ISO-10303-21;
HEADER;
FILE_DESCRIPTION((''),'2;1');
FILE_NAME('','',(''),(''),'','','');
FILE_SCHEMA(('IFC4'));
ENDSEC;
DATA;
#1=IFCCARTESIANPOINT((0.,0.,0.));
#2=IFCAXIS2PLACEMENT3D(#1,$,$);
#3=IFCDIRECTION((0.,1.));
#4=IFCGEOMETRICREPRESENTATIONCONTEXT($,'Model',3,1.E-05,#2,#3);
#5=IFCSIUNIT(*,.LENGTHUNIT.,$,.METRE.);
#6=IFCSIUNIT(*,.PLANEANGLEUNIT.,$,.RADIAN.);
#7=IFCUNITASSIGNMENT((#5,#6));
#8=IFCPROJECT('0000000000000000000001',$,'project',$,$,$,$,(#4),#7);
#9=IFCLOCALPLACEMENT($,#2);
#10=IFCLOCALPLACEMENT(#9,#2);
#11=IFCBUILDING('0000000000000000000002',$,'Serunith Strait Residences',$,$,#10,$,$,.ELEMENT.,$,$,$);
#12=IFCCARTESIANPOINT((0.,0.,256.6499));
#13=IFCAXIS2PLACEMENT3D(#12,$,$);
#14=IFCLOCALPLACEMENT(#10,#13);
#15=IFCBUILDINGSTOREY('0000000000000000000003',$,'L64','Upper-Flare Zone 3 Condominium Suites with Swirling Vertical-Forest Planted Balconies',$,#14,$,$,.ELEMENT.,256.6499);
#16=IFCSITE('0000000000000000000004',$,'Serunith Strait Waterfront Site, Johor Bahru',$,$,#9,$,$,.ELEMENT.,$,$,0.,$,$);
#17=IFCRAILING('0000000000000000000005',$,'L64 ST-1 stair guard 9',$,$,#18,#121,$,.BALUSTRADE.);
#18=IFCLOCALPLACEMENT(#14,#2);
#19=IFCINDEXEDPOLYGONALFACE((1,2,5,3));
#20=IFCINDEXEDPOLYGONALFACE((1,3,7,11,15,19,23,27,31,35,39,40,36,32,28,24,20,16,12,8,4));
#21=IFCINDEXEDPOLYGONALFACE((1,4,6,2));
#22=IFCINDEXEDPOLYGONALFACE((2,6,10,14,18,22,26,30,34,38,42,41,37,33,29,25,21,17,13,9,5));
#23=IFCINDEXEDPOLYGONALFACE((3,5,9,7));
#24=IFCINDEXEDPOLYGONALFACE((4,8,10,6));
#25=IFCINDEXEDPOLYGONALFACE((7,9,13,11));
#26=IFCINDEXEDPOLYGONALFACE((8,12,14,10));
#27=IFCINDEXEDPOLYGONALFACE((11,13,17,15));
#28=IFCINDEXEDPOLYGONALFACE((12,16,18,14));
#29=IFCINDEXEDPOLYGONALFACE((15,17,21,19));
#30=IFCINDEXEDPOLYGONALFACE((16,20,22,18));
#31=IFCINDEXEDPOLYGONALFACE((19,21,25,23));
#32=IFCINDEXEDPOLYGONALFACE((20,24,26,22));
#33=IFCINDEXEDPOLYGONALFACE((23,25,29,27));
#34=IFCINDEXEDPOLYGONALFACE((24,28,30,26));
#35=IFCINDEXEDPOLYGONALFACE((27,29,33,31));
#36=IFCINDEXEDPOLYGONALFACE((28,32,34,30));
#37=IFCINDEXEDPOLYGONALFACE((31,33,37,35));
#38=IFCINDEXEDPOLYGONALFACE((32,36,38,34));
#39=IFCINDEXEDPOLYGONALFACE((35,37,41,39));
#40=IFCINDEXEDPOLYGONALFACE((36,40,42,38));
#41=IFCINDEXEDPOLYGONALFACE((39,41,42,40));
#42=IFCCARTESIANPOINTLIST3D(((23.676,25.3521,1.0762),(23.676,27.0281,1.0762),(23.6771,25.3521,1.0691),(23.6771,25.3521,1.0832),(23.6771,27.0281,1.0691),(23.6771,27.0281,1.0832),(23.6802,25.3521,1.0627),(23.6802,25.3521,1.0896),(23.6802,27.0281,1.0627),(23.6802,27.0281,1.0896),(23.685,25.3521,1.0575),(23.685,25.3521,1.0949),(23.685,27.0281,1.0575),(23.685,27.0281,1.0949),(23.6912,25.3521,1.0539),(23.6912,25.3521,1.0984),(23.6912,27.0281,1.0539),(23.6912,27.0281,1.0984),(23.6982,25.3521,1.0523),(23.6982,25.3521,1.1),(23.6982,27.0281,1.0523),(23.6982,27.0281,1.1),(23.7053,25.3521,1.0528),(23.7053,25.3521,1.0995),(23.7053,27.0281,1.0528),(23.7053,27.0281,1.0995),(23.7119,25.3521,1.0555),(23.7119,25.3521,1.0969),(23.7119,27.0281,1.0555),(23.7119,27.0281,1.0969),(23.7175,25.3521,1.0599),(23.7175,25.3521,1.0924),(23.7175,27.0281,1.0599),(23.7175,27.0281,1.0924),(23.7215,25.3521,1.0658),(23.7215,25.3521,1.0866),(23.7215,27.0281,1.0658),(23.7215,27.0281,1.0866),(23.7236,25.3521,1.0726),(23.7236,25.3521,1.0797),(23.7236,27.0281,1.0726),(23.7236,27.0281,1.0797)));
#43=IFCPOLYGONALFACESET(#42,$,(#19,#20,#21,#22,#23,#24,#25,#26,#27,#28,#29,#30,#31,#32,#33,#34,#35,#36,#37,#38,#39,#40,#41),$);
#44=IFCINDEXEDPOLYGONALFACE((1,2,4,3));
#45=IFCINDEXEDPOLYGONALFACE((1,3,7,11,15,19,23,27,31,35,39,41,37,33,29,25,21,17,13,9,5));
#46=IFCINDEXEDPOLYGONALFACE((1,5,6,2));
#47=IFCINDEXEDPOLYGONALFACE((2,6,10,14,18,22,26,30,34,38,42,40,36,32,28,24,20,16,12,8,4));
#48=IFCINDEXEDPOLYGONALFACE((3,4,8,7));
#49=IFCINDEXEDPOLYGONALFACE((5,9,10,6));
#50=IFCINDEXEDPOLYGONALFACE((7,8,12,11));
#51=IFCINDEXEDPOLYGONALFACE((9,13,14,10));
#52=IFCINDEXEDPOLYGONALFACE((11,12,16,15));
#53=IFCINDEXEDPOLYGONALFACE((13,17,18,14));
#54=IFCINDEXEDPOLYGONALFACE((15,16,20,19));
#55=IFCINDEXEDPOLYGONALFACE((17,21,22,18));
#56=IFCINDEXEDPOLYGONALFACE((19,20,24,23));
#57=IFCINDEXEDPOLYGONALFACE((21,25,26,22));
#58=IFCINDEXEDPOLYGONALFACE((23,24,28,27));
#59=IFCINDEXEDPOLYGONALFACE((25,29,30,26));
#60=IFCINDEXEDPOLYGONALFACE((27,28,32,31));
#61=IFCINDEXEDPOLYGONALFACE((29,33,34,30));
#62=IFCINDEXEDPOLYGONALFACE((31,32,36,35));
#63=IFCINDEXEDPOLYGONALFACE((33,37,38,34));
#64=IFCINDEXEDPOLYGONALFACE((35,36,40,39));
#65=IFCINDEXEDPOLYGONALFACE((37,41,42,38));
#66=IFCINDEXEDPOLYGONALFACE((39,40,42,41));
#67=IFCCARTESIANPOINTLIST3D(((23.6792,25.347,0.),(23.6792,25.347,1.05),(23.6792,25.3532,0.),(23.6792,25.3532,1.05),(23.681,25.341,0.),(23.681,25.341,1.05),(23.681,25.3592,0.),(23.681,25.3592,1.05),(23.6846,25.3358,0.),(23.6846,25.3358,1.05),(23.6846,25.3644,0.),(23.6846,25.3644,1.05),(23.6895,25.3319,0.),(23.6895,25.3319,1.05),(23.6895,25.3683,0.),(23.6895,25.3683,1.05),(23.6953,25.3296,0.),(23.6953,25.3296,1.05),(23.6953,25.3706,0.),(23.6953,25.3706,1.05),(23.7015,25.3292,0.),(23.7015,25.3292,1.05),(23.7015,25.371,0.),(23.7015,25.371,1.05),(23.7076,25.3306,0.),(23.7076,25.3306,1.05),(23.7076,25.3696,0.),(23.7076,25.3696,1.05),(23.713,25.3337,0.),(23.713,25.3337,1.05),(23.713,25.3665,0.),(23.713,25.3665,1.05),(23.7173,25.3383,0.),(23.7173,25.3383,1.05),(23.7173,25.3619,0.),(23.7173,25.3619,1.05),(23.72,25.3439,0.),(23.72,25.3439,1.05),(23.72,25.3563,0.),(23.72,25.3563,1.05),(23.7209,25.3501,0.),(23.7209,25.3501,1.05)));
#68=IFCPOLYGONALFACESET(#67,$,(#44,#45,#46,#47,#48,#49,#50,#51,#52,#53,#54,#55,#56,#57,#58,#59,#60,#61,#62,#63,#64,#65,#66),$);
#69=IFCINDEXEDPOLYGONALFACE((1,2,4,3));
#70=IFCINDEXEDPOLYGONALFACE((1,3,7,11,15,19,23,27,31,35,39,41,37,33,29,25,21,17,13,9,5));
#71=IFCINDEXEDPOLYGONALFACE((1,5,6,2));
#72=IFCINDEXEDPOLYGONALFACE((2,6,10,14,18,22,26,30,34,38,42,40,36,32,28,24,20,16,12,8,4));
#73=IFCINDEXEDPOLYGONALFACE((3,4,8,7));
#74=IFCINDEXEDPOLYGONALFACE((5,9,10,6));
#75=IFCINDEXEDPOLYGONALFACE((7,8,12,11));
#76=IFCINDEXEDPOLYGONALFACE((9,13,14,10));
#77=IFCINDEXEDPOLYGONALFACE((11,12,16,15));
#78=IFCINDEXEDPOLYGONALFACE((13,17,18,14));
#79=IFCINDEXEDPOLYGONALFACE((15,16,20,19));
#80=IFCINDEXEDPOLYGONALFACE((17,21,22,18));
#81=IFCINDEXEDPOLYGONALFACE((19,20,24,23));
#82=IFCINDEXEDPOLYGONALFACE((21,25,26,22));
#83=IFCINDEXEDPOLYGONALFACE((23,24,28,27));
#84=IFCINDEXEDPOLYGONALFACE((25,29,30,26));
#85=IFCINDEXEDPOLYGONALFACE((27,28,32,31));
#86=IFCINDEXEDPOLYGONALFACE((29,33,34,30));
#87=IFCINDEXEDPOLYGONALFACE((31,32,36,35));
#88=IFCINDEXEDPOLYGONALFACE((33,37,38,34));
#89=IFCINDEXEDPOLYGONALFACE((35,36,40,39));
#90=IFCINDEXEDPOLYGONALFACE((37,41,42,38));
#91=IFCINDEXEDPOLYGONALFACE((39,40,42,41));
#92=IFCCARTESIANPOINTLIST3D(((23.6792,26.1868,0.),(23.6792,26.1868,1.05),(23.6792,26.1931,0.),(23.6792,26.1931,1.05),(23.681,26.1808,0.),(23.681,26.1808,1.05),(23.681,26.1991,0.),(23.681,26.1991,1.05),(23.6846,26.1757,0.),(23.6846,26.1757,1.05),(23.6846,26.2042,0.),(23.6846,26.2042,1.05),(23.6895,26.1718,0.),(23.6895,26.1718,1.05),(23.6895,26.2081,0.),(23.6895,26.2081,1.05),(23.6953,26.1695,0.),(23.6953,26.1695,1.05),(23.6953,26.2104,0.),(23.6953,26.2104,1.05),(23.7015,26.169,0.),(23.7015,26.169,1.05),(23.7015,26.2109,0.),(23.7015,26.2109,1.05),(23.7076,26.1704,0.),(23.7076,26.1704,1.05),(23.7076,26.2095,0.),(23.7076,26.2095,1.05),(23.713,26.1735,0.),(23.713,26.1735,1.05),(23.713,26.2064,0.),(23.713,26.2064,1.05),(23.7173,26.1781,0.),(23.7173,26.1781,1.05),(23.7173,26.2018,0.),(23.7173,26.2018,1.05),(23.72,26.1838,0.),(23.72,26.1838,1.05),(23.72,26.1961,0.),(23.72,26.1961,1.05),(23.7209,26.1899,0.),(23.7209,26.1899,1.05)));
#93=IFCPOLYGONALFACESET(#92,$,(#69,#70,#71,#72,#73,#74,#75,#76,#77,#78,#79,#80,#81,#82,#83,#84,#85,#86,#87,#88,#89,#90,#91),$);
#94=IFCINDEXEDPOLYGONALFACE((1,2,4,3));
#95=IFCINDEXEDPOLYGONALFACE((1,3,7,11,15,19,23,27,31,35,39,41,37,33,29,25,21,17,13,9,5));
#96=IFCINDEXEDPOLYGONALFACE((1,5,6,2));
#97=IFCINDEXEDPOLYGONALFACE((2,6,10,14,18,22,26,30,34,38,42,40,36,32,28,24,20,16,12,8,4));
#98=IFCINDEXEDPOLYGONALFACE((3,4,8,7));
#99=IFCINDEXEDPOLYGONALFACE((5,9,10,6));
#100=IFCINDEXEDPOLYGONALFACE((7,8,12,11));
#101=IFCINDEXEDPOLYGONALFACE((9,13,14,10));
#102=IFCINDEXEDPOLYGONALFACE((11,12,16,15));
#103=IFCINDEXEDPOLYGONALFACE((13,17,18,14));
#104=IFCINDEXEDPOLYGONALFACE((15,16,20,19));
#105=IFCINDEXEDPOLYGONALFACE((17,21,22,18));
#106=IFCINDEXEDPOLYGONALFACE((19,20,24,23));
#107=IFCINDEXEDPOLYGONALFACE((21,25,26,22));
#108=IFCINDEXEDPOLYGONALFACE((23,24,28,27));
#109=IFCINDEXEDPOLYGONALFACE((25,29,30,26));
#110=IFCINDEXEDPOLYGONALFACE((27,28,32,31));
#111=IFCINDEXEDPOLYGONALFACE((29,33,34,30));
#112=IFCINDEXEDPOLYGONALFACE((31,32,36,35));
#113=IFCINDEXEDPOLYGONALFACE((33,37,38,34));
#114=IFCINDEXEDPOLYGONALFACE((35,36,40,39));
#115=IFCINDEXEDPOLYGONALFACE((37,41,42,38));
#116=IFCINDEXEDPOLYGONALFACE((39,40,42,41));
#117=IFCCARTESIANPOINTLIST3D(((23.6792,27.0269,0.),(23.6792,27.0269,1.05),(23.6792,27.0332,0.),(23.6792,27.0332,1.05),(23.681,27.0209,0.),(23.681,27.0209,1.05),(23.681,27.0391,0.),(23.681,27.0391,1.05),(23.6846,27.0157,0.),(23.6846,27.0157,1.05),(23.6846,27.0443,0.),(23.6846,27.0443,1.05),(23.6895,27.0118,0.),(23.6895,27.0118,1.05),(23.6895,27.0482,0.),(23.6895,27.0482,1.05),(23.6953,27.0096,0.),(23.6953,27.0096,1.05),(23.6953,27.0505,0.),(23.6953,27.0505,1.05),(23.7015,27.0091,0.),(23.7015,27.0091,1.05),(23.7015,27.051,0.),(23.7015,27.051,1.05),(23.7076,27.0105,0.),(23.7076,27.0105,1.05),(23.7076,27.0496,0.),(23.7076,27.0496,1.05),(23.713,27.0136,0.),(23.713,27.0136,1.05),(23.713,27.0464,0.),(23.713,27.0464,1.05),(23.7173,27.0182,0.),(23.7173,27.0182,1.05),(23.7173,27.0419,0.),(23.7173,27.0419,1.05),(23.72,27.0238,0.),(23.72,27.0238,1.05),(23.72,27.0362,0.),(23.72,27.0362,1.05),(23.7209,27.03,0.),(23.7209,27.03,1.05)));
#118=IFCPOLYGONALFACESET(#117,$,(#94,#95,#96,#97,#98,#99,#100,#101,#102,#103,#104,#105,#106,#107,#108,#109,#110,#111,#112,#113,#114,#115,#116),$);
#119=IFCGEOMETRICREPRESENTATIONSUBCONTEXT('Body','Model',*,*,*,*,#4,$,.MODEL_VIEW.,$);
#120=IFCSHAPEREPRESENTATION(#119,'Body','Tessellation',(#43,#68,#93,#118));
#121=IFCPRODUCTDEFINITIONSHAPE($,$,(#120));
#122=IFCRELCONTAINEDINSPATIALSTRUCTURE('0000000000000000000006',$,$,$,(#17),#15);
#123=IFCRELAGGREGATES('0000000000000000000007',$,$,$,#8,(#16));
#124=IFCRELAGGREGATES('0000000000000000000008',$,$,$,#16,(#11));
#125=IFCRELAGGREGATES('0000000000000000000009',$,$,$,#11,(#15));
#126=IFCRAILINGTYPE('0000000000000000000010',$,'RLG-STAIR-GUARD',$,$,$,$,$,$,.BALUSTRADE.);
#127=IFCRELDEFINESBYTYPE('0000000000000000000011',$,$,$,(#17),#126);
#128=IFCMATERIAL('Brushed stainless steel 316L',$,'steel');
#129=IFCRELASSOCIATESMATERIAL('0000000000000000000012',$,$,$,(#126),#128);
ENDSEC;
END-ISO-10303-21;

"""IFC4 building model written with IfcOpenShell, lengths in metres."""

from ifc_helpers import new_model, si_unit, direction, frame, origin, origin_2d, place, context, subcontext, project, spatial, circle, extrude, material, type_object, element, save


model = new_model("IFC4")

# Units and contexts
model_context = context("Model", 3, precision=1e-05, world=origin(), true_north=direction((0.0, 1.0)))
body_context = subcontext(model_context, "Body", "Model", "MODEL_VIEW")
ifc_project = project(units=[si_unit("LENGTHUNIT", "METRE"), si_unit("PLANEANGLEUNIT", "RADIAN")], contexts=[model_context])

# Site, building, storey
site_placement = place(None, origin())
site = spatial("IfcSite", under=ifc_project, at=site_placement, Name="Serunith Strait Waterfront Site, Johor Bahru", CompositionType="ELEMENT", RefElevation=0.0)
building_placement = place(site_placement, origin())
building = spatial("IfcBuilding", under=site, at=building_placement, Name="Serunith Strait Residences", CompositionType="ELEMENT")
storey_placement = place(building_placement, frame((0.0, 0.0, 256.6499)))
storey = spatial("IfcBuildingStorey", under=building, at=storey_placement, Name="L64", Description="Upper-Flare Zone 3 Condominium Suites with Swirling Vertical-Forest Planted Balconies", CompositionType="ELEMENT", Elevation=256.6499)

# Railing
ifc_material_1 = material(Name="Brushed stainless steel 316L", Category="steel")
railing_type_1 = type_object("IfcRailingType", Name="RLG-STAIR-GUARD", PredefinedType="BALUSTRADE", material=ifc_material_1)
for number, where, name in (
    (1, (23.7, 25.3501, 0.0), "L64 ST-1 stair guard 9"),
):
    element("IfcRailing", number, at=place(storey_placement, frame(where)), inside=storey, type_object=railing_type_1, Name=name, PredefinedType="BALUSTRADE", context=body_context, shape_type="SweptSolid", body=[
        extrude(circle(Radius=0.0239, at=origin_2d()), frame((0.0, 0.002, 1.0762), z_axis=(0.0, 1.0, 0.0), x_axis=(-1.0, 0.0, 0.0)), (0.0, 0.0, 1.0), 1.676),
        extrude(circle(Radius=0.021, at=origin_2d()), origin(), (0.0, 0.0, 1.0), 1.05),
        extrude(circle(Radius=0.021, at=origin_2d()), frame((0.0, 0.8398, 0.0)), (0.0, 0.0, 1.0), 1.05),
        extrude(circle(Radius=0.021, at=origin_2d()), frame((0.0, 1.6799, 0.0)), (0.0, 0.0, 1.0), 1.05),
    ])

save(model, "model.ifc")
